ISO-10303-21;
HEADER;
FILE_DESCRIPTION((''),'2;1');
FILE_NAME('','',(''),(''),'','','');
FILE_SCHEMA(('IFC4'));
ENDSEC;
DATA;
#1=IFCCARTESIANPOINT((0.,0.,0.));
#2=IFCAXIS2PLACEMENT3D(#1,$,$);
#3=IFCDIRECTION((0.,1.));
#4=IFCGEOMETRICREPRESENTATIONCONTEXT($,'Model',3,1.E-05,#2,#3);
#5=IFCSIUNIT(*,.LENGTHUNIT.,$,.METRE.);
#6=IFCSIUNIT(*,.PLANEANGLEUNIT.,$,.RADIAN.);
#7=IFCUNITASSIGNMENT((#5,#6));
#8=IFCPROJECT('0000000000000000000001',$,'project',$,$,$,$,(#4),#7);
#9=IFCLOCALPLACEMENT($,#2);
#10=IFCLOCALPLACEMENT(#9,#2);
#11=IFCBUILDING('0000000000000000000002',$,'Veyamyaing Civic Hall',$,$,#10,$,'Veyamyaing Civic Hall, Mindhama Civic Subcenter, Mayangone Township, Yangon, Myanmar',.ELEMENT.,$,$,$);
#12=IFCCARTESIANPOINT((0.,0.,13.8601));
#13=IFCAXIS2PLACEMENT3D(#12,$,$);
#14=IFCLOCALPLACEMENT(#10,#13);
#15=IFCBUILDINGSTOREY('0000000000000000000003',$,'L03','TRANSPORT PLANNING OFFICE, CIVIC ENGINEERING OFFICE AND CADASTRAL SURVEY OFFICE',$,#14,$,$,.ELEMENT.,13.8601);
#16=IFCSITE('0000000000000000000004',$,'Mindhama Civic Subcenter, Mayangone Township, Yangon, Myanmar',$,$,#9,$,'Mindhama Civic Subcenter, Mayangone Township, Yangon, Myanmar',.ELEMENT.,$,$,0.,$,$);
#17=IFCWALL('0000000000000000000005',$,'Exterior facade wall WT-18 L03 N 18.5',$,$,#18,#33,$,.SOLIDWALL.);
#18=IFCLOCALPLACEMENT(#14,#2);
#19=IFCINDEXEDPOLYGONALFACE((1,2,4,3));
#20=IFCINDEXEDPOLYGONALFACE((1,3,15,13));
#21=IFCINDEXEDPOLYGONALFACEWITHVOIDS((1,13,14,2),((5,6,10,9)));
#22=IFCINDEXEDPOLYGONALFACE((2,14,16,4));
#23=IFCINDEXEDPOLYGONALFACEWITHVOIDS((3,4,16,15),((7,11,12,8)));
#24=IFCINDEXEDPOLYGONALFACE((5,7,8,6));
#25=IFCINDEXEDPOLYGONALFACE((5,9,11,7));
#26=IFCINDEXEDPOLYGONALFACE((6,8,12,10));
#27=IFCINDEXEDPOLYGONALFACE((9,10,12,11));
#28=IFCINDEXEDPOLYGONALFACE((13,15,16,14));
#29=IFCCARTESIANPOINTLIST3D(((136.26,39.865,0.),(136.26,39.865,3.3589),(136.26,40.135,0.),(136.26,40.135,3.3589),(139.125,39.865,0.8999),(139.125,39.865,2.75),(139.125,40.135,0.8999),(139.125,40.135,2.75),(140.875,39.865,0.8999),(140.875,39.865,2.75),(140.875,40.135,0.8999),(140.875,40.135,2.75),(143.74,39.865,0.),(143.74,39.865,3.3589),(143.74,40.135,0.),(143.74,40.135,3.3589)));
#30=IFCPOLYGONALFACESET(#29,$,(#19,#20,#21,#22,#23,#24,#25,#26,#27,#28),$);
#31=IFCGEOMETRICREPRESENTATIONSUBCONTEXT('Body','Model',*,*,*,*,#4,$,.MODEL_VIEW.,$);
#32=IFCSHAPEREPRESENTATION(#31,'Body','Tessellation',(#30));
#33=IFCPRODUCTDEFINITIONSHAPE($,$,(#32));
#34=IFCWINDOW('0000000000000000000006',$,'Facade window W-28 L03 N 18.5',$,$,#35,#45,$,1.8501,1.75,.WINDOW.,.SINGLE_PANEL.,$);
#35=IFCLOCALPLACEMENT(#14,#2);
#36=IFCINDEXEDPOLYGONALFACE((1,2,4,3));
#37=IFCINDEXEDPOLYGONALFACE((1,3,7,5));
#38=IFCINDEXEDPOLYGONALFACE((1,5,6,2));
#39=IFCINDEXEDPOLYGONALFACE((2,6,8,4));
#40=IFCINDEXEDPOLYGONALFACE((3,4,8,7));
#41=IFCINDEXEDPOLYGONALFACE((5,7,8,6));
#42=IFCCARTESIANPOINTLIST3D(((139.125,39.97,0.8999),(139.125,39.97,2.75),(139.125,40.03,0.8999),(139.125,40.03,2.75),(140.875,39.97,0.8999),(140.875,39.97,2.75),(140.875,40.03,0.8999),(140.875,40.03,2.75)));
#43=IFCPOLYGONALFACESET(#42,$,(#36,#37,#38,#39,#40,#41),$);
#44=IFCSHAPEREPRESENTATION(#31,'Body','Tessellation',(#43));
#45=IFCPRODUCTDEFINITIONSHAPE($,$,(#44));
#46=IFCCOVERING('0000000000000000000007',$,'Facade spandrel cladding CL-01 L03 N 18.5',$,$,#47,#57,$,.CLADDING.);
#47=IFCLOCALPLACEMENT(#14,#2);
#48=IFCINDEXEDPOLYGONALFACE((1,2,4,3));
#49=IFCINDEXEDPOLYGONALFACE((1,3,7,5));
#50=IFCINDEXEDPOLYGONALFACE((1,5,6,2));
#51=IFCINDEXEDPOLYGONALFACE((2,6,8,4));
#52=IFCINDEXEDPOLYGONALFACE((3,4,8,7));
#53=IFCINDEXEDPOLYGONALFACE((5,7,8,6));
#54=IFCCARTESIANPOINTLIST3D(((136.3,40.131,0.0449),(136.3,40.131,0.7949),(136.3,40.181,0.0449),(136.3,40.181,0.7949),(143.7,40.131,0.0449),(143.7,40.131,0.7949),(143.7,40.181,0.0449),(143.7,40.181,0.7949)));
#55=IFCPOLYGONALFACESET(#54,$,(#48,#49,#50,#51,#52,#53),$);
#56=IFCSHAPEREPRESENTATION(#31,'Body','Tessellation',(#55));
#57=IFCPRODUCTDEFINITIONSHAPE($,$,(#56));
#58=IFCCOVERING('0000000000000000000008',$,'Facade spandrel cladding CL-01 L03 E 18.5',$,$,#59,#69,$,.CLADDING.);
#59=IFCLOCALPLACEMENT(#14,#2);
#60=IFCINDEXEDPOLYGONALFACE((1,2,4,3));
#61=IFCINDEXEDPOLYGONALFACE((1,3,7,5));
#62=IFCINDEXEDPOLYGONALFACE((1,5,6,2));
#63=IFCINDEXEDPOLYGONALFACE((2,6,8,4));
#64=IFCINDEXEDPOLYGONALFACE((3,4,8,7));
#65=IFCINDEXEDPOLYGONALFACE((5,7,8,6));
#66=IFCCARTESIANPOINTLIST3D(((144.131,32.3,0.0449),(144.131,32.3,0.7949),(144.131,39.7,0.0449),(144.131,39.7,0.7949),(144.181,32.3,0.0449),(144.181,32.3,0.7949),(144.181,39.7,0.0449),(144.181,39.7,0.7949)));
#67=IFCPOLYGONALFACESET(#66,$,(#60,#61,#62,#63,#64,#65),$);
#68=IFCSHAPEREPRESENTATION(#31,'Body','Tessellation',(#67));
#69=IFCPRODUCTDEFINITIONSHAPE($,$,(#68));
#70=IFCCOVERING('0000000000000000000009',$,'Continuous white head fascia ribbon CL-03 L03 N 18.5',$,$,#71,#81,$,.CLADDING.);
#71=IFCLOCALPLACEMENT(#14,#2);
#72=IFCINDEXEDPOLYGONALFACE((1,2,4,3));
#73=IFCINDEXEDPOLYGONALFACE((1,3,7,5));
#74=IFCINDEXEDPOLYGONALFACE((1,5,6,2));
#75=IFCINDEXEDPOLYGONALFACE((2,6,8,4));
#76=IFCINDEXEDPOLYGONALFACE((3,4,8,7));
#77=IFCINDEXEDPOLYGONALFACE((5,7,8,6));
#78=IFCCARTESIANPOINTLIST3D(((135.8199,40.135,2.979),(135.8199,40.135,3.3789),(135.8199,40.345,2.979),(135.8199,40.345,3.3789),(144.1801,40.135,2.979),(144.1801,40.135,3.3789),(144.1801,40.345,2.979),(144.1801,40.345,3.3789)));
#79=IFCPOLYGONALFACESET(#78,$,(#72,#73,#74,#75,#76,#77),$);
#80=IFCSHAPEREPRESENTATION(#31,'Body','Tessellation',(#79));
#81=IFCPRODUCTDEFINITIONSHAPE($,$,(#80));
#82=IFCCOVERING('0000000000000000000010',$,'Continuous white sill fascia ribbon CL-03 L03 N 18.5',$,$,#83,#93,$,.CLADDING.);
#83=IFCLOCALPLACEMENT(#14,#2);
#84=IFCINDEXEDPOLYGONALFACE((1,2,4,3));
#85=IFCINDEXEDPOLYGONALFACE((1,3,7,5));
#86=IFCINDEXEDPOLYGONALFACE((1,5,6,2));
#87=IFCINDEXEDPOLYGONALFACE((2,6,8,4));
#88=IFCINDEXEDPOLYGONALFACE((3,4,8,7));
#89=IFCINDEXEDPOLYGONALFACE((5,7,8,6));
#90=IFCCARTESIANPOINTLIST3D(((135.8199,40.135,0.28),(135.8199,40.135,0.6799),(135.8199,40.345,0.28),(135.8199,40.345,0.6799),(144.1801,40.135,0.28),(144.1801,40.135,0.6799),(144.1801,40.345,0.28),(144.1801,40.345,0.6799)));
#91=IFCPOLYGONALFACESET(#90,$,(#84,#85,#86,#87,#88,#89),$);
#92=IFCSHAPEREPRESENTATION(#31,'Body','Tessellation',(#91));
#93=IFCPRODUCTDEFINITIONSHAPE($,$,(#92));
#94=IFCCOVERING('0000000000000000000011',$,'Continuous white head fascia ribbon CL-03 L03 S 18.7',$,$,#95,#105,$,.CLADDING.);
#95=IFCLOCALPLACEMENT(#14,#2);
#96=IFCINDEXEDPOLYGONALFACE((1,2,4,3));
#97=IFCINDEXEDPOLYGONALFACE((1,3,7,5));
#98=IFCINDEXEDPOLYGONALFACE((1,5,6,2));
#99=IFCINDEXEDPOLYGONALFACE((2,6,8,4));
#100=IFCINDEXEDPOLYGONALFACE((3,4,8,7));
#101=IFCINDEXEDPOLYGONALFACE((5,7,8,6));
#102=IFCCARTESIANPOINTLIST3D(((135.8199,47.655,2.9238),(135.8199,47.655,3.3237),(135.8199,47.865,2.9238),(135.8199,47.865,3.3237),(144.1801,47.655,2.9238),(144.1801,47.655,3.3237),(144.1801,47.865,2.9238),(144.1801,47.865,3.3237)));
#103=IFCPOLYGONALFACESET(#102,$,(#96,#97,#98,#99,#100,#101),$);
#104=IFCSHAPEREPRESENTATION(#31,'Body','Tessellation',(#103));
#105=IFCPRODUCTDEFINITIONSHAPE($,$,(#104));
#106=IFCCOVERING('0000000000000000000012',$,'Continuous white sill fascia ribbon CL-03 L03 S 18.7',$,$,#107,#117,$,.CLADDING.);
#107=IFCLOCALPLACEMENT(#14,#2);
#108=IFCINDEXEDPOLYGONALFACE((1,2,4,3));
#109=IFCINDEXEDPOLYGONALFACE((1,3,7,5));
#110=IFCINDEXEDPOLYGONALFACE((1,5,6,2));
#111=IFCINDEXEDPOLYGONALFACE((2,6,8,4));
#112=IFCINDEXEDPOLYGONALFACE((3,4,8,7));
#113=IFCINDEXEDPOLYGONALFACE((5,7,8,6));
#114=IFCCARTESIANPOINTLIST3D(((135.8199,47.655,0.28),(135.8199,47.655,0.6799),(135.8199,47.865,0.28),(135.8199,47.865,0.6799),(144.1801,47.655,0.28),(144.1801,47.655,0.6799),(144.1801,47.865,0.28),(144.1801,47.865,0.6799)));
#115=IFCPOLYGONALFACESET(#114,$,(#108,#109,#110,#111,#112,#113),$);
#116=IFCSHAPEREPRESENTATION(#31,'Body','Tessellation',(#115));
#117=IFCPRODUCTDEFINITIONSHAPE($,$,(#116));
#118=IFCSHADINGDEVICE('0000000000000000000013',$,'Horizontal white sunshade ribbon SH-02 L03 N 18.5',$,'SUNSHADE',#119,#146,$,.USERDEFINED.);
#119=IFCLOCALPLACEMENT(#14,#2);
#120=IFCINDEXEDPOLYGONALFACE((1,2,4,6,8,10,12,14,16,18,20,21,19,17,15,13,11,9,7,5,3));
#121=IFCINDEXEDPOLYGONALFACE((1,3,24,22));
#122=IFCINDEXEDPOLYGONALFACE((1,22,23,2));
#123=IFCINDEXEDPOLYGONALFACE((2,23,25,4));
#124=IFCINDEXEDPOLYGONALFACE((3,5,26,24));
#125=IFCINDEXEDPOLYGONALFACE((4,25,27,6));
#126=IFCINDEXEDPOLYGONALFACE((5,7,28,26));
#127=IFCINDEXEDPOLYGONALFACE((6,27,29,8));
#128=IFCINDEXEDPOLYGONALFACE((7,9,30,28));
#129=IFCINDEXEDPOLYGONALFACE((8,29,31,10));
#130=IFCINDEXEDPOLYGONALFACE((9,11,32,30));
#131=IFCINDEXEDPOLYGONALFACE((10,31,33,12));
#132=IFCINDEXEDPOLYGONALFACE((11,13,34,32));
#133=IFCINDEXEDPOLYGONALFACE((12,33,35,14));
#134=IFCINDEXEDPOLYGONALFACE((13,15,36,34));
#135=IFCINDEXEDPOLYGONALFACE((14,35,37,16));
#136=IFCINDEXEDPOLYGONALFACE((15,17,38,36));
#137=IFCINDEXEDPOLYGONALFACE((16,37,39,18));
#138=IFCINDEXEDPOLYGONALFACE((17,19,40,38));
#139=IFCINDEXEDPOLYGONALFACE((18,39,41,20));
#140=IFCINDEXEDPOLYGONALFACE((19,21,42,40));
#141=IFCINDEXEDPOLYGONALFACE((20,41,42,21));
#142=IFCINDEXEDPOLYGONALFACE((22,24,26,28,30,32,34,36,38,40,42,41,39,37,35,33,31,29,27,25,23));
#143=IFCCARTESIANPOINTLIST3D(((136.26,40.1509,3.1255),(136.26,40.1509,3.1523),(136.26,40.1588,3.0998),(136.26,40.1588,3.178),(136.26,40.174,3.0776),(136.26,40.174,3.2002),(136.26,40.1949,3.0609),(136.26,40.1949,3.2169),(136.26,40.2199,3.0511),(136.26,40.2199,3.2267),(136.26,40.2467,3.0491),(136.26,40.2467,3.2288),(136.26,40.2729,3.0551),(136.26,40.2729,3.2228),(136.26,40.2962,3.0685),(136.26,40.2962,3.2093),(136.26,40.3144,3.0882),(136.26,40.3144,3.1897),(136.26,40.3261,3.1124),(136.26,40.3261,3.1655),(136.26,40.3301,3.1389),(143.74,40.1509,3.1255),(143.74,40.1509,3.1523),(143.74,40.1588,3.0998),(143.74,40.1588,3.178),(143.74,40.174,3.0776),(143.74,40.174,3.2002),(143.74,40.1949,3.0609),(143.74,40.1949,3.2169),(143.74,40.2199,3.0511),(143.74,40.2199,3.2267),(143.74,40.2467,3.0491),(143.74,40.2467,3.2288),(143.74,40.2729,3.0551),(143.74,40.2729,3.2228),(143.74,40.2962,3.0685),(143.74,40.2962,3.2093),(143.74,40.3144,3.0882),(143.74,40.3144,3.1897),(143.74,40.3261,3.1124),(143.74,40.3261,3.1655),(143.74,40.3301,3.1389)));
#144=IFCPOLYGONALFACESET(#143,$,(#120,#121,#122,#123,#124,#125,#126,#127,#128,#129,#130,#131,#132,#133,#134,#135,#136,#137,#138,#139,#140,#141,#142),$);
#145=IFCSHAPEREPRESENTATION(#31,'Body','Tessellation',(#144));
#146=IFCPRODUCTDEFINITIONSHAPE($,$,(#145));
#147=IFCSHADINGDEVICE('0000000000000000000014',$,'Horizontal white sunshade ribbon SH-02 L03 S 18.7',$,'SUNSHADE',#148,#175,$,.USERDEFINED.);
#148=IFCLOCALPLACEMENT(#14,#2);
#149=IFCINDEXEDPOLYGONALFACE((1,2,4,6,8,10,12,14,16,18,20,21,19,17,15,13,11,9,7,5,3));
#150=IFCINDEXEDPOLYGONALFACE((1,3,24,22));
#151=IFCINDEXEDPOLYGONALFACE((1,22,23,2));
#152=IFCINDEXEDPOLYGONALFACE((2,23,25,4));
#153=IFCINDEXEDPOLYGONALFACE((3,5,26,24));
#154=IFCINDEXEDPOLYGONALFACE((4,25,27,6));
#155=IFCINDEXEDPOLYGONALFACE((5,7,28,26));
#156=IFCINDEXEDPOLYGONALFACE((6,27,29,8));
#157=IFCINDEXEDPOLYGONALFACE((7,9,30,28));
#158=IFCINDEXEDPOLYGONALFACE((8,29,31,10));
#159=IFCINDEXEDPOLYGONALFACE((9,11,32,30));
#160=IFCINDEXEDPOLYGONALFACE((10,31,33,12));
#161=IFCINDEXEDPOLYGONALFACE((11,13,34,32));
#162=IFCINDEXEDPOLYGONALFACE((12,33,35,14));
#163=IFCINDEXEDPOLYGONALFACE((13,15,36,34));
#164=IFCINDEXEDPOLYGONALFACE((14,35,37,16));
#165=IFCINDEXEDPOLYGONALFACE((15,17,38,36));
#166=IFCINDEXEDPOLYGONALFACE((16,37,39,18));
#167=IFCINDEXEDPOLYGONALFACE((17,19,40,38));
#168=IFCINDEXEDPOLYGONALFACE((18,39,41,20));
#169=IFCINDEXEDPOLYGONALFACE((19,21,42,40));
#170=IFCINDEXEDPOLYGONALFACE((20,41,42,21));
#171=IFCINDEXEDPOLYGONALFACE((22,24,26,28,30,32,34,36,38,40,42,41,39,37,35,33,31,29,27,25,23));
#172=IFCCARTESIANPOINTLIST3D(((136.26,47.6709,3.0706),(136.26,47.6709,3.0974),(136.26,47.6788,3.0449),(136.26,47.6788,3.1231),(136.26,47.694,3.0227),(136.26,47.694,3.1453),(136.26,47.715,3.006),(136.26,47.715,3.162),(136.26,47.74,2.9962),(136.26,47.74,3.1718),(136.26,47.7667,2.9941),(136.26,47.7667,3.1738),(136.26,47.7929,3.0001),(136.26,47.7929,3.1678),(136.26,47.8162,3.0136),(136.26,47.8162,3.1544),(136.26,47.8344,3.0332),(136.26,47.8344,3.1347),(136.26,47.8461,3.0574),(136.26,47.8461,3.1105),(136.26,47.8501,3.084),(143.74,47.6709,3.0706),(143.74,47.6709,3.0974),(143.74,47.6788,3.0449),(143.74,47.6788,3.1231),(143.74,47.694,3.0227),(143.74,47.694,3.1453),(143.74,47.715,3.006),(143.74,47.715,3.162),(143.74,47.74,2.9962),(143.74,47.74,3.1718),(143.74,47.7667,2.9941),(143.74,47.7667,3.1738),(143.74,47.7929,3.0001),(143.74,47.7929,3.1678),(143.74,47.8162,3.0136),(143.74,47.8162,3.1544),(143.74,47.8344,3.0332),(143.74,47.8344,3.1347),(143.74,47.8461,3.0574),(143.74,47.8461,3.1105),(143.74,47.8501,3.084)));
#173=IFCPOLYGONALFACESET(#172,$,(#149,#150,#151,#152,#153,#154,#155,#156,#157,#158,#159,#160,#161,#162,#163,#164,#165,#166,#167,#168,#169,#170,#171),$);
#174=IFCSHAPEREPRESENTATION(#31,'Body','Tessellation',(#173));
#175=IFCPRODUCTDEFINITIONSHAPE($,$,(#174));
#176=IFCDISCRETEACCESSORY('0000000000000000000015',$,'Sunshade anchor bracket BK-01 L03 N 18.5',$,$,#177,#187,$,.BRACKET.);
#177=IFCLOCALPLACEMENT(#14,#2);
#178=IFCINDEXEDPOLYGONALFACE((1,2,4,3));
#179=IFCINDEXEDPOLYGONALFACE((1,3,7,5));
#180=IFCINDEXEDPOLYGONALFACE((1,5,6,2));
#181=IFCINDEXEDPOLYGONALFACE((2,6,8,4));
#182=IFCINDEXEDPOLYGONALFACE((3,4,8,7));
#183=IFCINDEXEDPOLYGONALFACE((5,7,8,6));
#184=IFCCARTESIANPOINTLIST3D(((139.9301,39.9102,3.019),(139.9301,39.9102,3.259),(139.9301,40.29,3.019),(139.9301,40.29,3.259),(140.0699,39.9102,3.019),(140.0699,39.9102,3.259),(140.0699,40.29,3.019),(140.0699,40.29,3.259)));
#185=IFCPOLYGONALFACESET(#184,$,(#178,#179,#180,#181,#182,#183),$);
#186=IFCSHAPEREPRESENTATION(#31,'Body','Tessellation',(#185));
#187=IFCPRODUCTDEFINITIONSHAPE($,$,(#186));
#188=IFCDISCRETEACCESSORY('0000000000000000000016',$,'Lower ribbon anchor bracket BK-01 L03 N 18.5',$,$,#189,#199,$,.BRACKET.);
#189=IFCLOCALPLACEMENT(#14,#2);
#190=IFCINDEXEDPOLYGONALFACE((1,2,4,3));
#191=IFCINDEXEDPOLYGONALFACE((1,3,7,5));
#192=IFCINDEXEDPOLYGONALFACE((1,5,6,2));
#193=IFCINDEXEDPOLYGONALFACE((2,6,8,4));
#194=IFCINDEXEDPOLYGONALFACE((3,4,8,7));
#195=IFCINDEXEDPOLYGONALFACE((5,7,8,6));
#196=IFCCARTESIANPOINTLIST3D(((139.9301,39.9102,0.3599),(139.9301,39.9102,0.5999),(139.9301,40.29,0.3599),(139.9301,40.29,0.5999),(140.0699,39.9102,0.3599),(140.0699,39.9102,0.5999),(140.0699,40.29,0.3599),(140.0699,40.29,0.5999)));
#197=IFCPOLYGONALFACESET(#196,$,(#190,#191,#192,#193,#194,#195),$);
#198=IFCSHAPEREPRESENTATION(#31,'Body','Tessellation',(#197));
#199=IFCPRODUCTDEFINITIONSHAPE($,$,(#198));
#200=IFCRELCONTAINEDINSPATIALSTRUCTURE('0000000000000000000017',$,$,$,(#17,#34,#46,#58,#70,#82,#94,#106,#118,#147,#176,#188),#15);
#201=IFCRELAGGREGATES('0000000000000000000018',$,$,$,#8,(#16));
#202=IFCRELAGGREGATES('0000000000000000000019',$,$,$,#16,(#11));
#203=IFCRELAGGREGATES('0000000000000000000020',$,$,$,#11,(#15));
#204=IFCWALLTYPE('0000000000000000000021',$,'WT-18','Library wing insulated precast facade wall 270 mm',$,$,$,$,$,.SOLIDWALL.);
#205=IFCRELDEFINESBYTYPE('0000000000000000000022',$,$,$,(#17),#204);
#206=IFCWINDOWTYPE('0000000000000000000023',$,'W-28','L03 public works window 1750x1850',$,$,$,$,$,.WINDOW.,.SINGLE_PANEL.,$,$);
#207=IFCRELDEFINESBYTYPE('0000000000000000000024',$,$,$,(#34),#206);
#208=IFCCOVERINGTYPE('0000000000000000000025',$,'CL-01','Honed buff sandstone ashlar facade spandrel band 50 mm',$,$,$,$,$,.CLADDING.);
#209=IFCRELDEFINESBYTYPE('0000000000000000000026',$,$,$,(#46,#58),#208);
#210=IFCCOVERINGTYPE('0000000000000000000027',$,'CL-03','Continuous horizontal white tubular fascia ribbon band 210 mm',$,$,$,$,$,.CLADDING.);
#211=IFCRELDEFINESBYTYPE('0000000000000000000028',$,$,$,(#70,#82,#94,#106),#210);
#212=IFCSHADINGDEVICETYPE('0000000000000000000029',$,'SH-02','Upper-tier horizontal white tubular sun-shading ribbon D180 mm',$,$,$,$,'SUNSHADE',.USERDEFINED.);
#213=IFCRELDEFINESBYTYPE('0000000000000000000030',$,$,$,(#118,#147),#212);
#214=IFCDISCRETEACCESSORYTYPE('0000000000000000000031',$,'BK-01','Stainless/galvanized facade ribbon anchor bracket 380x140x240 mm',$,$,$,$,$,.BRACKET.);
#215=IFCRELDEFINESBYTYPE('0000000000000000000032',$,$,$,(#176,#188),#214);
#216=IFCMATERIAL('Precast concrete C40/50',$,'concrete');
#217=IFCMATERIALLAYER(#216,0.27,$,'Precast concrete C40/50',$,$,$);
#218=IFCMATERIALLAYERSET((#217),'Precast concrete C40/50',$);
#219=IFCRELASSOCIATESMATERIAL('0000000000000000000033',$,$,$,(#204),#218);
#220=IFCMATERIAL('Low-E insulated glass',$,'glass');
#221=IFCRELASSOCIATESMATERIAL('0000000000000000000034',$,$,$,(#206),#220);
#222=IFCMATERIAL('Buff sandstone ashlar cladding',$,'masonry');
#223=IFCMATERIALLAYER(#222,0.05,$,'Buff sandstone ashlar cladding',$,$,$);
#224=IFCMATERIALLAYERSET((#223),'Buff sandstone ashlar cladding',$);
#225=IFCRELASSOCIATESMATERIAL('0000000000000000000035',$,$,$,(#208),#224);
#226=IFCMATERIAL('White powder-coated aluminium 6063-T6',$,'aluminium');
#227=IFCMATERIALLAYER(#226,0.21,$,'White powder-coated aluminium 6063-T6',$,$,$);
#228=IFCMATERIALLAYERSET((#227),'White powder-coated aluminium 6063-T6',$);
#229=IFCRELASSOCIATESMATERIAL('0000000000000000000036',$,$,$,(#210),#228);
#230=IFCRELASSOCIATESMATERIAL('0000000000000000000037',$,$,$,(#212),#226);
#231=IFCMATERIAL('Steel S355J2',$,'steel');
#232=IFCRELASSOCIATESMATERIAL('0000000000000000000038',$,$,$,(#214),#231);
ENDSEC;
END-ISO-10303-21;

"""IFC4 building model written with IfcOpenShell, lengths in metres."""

from ifc_helpers import new_model, si_unit, direction, frame, frame_2d, origin, origin_2d, place, context, subcontext, project, spatial, rectangle, circle, extrude, material, layer, layer_set, material_profile, profile_set, type_object, element, fill, save


model = new_model("IFC4")

# Units and contexts
model_context = context("Model", 3, precision=1e-05, world=origin(), true_north=direction((0.0, 1.0)))
body_context = subcontext(model_context, "Body", "Model", "MODEL_VIEW")
ifc_project = project(units=[si_unit("LENGTHUNIT", "METRE"), si_unit("PLANEANGLEUNIT", "RADIAN")], contexts=[model_context])

# Site, building, storey
site_placement = place(None, origin())
site = spatial("IfcSite", under=ifc_project, at=site_placement, Name="Mindhama Civic Subcenter, Mayangone Township, Yangon, Myanmar", LongName="Mindhama Civic Subcenter, Mayangone Township, Yangon, Myanmar", CompositionType="ELEMENT", RefElevation=0.0)
building_placement = place(site_placement, origin())
building = spatial("IfcBuilding", under=site, at=building_placement, Name="Veyamyaing Civic Hall", LongName="Veyamyaing Civic Hall, Mindhama Civic Subcenter, Mayangone Township, Yangon, Myanmar", CompositionType="ELEMENT")
storey_placement = place(building_placement, frame((0.0, 0.0, 13.8601)))
storey = spatial("IfcBuildingStorey", under=building, at=storey_placement, Name="L03", Description="TRANSPORT PLANNING OFFICE, CIVIC ENGINEERING OFFICE AND CADASTRAL SURVEY OFFICE", CompositionType="ELEMENT", Elevation=13.8601)

# Shared definitions
ifc_material_1 = material(Name="Low-E insulated glass", Category="glass")

# Wall, opening, window
ifc_material_2 = material(Name="Precast concrete C40/50", Category="concrete")
ifc_layer_1 = layer(ifc_material_2, 0.27, Name="Precast concrete C40/50")
ifc_layer_set_1 = layer_set([ifc_layer_1], Name="Precast concrete C40/50")
wall_type = type_object("IfcWallType", Name="WT-18", Description="Library wing insulated precast facade wall 270 mm", PredefinedType="SOLIDWALL", material=ifc_layer_set_1)
wall_placement = place(storey_placement, frame((136.26, 40.0, 0.0), z_axis=(0.0, 0.0, 1.0), x_axis=(1.0, 0.0, 0.0)))
wall = element("IfcWall", 1, at=wall_placement, inside=storey, type_object=wall_type, Name="Exterior facade wall WT-18 L03 N 18.5", PredefinedType="SOLIDWALL", context=body_context, shape_type="SweptSolid", body=[
    extrude(rectangle(XDim=7.48, YDim=0.27, at=frame_2d((3.74, 0.0))), origin(), (0.0, 0.0, 1.0), 3.3589),
])
opening_placement = place(wall_placement, frame((2.865, 0.0, 0.8999)))
opening = element("IfcOpeningElement", 2, at=opening_placement, cuts=wall, PredefinedType="OPENING", context=body_context, shape_type="SweptSolid", body=[
    extrude(rectangle(XDim=1.75, YDim=1.8501, at=frame_2d((0.875, 0.925))), frame((0.0, 0.145, 0.0), z_axis=(0.0, -1.0, 0.0), x_axis=(1.0, 0.0, 0.0)), (0.0, 0.0, 1.0), 0.29),
])
window_type = type_object("IfcWindowType", Name="W-28", Description="L03 public works window 1750x1850", PartitioningType="SINGLE_PANEL", PredefinedType="WINDOW", material=ifc_material_1)
window_placement = place(opening_placement, origin())
window = element("IfcWindow", 3, at=window_placement, inside=storey, type_object=window_type, Name="Facade window W-28 L03 N 18.5", OverallHeight=1.8501, OverallWidth=1.75, PartitioningType="SINGLE_PANEL", PredefinedType="WINDOW", context=body_context, shape_type="SweptSolid", body=[
    extrude(rectangle(XDim=1.75, YDim=1.8501, at=frame_2d((0.875, 0.925))), frame((0.0, 0.03, 0.0), z_axis=(0.0, -1.0, 0.0), x_axis=(1.0, 0.0, 0.0)), (0.0, 0.0, 1.0), 0.0601),
])
fill(opening, window)

# Coverings
ifc_material_3 = material(Name="Buff sandstone ashlar cladding", Category="masonry")
ifc_layer_2 = layer(ifc_material_3, 0.05, Name="Buff sandstone ashlar cladding")
ifc_layer_set_2 = layer_set([ifc_layer_2], Name="Buff sandstone ashlar cladding")
covering_type_1 = type_object("IfcCoveringType", Name="CL-01", Description="Honed buff sandstone ashlar facade spandrel band 50 mm", PredefinedType="CLADDING", material=ifc_layer_set_2)
for number, where, z_axis, x_axis, name in (
    (4, (140.0, 40.156, 0.0449), (0.0, 0.0, 1.0), (1.0, 0.0, 0.0), "Facade spandrel cladding CL-01 L03 N 18.5"),
    (5, (144.156, 36.0, 0.0449), (0.0, 0.0, 1.0), (0.0, 1.0, 0.0), "Facade spandrel cladding CL-01 L03 E 18.5"),
):
    element("IfcCovering", number, at=place(storey_placement, frame(where, z_axis=z_axis, x_axis=x_axis)), inside=storey, type_object=covering_type_1, Name=name, PredefinedType="CLADDING", context=body_context, shape_type="SweptSolid", body=[
        extrude(rectangle(XDim=7.3999, YDim=0.05, at=origin_2d()), origin(), (0.0, 0.0, 1.0), 0.75),
    ])
ifc_material_4 = material(Name="White powder-coated aluminium 6063-T6", Category="aluminium")
ifc_layer_3 = layer(ifc_material_4, 0.21, Name="White powder-coated aluminium 6063-T6")
ifc_layer_set_3 = layer_set([ifc_layer_3], Name="White powder-coated aluminium 6063-T6")
covering_type_2 = type_object("IfcCoveringType", Name="CL-03", Description="Continuous horizontal white tubular fascia ribbon band 210 mm", PredefinedType="CLADDING", material=ifc_layer_set_3)
for number, where, z_axis, x_axis, name in (
    (6, (140.0, 40.24, 2.979), (0.0, 0.0, 1.0), (1.0, 0.0, 0.0), "Continuous white head fascia ribbon CL-03 L03 N 18.5"),
    (7, (140.0, 40.24, 0.28), (0.0, 0.0, 1.0), (1.0, 0.0, 0.0), "Continuous white sill fascia ribbon CL-03 L03 N 18.5"),
    (8, (140.0, 47.76, 2.9238), (0.0, 0.0, 1.0), (1.0, 0.0, 0.0), "Continuous white head fascia ribbon CL-03 L03 S 18.7"),
    (9, (140.0, 47.76, 0.28), (0.0, 0.0, 1.0), (1.0, 0.0, 0.0), "Continuous white sill fascia ribbon CL-03 L03 S 18.7"),
):
    element("IfcCovering", number, at=place(storey_placement, frame(where, z_axis=z_axis, x_axis=x_axis)), inside=storey, type_object=covering_type_2, Name=name, PredefinedType="CLADDING", context=body_context, shape_type="SweptSolid", body=[
        extrude(rectangle(XDim=8.3601, YDim=0.21, at=origin_2d()), origin(), (0.0, 0.0, 1.0), 0.3999),
    ])

# Shading devices
ifc_material_profile_1 = material_profile(ifc_material_4, circle(Radius=0.0901, at=origin_2d()), Name="SHADE-TUBE-180")
ifc_profile_set_1 = profile_set([ifc_material_profile_1], Name="White powder-coated aluminium 6063-T6")
shading_device_type = type_object("IfcShadingDeviceType", Name="SH-02", Description="Upper-tier horizontal white tubular sun-shading ribbon D180 mm", ElementType="SUNSHADE", PredefinedType="USERDEFINED", material=ifc_profile_set_1)
for number, where, z_axis, x_axis, name in (
    (10, (136.26, 40.24, 3.1389), (1.0, 0.0, 0.0), (0.0, 1.0, 0.0), "Horizontal white sunshade ribbon SH-02 L03 N 18.5"),
    (11, (136.26, 47.76, 3.084), (1.0, 0.0, 0.0), (0.0, 1.0, 0.0), "Horizontal white sunshade ribbon SH-02 L03 S 18.7"),
):
    element("IfcShadingDevice", number, at=place(storey_placement, frame(where, z_axis=z_axis, x_axis=x_axis)), inside=storey, type_object=shading_device_type, Name=name, ObjectType="SUNSHADE", PredefinedType="USERDEFINED", context=body_context, shape_type="SweptSolid", body=[
        extrude(circle(Radius=0.0901, at=origin_2d()), origin(), (0.0, 0.0, 1.0), 7.48),
    ])

# Discrete accessories
ifc_material_5 = material(Name="Steel S355J2", Category="steel")
discrete_accessory_type = type_object("IfcDiscreteAccessoryType", Name="BK-01", Description="Stainless/galvanized facade ribbon anchor bracket 380x140x240 mm", PredefinedType="BRACKET", material=ifc_material_5)
for number, where, z_axis, x_axis, name in (
    (12, (140.0, 40.1001, 3.019), (0.0, 0.0, 1.0), (0.0, 1.0, 0.0), "Sunshade anchor bracket BK-01 L03 N 18.5"),
    (13, (140.0, 40.1001, 0.3599), (0.0, 0.0, 1.0), (0.0, 1.0, 0.0), "Lower ribbon anchor bracket BK-01 L03 N 18.5"),
):
    element("IfcDiscreteAccessory", number, at=place(storey_placement, frame(where, z_axis=z_axis, x_axis=x_axis)), inside=storey, type_object=discrete_accessory_type, Name=name, PredefinedType="BRACKET", context=body_context, shape_type="SweptSolid", body=[
        extrude(rectangle(XDim=0.3799, YDim=0.1399, at=origin_2d()), origin(), (0.0, 0.0, 1.0), 0.24),
    ])

save(model, "model.ifc")
